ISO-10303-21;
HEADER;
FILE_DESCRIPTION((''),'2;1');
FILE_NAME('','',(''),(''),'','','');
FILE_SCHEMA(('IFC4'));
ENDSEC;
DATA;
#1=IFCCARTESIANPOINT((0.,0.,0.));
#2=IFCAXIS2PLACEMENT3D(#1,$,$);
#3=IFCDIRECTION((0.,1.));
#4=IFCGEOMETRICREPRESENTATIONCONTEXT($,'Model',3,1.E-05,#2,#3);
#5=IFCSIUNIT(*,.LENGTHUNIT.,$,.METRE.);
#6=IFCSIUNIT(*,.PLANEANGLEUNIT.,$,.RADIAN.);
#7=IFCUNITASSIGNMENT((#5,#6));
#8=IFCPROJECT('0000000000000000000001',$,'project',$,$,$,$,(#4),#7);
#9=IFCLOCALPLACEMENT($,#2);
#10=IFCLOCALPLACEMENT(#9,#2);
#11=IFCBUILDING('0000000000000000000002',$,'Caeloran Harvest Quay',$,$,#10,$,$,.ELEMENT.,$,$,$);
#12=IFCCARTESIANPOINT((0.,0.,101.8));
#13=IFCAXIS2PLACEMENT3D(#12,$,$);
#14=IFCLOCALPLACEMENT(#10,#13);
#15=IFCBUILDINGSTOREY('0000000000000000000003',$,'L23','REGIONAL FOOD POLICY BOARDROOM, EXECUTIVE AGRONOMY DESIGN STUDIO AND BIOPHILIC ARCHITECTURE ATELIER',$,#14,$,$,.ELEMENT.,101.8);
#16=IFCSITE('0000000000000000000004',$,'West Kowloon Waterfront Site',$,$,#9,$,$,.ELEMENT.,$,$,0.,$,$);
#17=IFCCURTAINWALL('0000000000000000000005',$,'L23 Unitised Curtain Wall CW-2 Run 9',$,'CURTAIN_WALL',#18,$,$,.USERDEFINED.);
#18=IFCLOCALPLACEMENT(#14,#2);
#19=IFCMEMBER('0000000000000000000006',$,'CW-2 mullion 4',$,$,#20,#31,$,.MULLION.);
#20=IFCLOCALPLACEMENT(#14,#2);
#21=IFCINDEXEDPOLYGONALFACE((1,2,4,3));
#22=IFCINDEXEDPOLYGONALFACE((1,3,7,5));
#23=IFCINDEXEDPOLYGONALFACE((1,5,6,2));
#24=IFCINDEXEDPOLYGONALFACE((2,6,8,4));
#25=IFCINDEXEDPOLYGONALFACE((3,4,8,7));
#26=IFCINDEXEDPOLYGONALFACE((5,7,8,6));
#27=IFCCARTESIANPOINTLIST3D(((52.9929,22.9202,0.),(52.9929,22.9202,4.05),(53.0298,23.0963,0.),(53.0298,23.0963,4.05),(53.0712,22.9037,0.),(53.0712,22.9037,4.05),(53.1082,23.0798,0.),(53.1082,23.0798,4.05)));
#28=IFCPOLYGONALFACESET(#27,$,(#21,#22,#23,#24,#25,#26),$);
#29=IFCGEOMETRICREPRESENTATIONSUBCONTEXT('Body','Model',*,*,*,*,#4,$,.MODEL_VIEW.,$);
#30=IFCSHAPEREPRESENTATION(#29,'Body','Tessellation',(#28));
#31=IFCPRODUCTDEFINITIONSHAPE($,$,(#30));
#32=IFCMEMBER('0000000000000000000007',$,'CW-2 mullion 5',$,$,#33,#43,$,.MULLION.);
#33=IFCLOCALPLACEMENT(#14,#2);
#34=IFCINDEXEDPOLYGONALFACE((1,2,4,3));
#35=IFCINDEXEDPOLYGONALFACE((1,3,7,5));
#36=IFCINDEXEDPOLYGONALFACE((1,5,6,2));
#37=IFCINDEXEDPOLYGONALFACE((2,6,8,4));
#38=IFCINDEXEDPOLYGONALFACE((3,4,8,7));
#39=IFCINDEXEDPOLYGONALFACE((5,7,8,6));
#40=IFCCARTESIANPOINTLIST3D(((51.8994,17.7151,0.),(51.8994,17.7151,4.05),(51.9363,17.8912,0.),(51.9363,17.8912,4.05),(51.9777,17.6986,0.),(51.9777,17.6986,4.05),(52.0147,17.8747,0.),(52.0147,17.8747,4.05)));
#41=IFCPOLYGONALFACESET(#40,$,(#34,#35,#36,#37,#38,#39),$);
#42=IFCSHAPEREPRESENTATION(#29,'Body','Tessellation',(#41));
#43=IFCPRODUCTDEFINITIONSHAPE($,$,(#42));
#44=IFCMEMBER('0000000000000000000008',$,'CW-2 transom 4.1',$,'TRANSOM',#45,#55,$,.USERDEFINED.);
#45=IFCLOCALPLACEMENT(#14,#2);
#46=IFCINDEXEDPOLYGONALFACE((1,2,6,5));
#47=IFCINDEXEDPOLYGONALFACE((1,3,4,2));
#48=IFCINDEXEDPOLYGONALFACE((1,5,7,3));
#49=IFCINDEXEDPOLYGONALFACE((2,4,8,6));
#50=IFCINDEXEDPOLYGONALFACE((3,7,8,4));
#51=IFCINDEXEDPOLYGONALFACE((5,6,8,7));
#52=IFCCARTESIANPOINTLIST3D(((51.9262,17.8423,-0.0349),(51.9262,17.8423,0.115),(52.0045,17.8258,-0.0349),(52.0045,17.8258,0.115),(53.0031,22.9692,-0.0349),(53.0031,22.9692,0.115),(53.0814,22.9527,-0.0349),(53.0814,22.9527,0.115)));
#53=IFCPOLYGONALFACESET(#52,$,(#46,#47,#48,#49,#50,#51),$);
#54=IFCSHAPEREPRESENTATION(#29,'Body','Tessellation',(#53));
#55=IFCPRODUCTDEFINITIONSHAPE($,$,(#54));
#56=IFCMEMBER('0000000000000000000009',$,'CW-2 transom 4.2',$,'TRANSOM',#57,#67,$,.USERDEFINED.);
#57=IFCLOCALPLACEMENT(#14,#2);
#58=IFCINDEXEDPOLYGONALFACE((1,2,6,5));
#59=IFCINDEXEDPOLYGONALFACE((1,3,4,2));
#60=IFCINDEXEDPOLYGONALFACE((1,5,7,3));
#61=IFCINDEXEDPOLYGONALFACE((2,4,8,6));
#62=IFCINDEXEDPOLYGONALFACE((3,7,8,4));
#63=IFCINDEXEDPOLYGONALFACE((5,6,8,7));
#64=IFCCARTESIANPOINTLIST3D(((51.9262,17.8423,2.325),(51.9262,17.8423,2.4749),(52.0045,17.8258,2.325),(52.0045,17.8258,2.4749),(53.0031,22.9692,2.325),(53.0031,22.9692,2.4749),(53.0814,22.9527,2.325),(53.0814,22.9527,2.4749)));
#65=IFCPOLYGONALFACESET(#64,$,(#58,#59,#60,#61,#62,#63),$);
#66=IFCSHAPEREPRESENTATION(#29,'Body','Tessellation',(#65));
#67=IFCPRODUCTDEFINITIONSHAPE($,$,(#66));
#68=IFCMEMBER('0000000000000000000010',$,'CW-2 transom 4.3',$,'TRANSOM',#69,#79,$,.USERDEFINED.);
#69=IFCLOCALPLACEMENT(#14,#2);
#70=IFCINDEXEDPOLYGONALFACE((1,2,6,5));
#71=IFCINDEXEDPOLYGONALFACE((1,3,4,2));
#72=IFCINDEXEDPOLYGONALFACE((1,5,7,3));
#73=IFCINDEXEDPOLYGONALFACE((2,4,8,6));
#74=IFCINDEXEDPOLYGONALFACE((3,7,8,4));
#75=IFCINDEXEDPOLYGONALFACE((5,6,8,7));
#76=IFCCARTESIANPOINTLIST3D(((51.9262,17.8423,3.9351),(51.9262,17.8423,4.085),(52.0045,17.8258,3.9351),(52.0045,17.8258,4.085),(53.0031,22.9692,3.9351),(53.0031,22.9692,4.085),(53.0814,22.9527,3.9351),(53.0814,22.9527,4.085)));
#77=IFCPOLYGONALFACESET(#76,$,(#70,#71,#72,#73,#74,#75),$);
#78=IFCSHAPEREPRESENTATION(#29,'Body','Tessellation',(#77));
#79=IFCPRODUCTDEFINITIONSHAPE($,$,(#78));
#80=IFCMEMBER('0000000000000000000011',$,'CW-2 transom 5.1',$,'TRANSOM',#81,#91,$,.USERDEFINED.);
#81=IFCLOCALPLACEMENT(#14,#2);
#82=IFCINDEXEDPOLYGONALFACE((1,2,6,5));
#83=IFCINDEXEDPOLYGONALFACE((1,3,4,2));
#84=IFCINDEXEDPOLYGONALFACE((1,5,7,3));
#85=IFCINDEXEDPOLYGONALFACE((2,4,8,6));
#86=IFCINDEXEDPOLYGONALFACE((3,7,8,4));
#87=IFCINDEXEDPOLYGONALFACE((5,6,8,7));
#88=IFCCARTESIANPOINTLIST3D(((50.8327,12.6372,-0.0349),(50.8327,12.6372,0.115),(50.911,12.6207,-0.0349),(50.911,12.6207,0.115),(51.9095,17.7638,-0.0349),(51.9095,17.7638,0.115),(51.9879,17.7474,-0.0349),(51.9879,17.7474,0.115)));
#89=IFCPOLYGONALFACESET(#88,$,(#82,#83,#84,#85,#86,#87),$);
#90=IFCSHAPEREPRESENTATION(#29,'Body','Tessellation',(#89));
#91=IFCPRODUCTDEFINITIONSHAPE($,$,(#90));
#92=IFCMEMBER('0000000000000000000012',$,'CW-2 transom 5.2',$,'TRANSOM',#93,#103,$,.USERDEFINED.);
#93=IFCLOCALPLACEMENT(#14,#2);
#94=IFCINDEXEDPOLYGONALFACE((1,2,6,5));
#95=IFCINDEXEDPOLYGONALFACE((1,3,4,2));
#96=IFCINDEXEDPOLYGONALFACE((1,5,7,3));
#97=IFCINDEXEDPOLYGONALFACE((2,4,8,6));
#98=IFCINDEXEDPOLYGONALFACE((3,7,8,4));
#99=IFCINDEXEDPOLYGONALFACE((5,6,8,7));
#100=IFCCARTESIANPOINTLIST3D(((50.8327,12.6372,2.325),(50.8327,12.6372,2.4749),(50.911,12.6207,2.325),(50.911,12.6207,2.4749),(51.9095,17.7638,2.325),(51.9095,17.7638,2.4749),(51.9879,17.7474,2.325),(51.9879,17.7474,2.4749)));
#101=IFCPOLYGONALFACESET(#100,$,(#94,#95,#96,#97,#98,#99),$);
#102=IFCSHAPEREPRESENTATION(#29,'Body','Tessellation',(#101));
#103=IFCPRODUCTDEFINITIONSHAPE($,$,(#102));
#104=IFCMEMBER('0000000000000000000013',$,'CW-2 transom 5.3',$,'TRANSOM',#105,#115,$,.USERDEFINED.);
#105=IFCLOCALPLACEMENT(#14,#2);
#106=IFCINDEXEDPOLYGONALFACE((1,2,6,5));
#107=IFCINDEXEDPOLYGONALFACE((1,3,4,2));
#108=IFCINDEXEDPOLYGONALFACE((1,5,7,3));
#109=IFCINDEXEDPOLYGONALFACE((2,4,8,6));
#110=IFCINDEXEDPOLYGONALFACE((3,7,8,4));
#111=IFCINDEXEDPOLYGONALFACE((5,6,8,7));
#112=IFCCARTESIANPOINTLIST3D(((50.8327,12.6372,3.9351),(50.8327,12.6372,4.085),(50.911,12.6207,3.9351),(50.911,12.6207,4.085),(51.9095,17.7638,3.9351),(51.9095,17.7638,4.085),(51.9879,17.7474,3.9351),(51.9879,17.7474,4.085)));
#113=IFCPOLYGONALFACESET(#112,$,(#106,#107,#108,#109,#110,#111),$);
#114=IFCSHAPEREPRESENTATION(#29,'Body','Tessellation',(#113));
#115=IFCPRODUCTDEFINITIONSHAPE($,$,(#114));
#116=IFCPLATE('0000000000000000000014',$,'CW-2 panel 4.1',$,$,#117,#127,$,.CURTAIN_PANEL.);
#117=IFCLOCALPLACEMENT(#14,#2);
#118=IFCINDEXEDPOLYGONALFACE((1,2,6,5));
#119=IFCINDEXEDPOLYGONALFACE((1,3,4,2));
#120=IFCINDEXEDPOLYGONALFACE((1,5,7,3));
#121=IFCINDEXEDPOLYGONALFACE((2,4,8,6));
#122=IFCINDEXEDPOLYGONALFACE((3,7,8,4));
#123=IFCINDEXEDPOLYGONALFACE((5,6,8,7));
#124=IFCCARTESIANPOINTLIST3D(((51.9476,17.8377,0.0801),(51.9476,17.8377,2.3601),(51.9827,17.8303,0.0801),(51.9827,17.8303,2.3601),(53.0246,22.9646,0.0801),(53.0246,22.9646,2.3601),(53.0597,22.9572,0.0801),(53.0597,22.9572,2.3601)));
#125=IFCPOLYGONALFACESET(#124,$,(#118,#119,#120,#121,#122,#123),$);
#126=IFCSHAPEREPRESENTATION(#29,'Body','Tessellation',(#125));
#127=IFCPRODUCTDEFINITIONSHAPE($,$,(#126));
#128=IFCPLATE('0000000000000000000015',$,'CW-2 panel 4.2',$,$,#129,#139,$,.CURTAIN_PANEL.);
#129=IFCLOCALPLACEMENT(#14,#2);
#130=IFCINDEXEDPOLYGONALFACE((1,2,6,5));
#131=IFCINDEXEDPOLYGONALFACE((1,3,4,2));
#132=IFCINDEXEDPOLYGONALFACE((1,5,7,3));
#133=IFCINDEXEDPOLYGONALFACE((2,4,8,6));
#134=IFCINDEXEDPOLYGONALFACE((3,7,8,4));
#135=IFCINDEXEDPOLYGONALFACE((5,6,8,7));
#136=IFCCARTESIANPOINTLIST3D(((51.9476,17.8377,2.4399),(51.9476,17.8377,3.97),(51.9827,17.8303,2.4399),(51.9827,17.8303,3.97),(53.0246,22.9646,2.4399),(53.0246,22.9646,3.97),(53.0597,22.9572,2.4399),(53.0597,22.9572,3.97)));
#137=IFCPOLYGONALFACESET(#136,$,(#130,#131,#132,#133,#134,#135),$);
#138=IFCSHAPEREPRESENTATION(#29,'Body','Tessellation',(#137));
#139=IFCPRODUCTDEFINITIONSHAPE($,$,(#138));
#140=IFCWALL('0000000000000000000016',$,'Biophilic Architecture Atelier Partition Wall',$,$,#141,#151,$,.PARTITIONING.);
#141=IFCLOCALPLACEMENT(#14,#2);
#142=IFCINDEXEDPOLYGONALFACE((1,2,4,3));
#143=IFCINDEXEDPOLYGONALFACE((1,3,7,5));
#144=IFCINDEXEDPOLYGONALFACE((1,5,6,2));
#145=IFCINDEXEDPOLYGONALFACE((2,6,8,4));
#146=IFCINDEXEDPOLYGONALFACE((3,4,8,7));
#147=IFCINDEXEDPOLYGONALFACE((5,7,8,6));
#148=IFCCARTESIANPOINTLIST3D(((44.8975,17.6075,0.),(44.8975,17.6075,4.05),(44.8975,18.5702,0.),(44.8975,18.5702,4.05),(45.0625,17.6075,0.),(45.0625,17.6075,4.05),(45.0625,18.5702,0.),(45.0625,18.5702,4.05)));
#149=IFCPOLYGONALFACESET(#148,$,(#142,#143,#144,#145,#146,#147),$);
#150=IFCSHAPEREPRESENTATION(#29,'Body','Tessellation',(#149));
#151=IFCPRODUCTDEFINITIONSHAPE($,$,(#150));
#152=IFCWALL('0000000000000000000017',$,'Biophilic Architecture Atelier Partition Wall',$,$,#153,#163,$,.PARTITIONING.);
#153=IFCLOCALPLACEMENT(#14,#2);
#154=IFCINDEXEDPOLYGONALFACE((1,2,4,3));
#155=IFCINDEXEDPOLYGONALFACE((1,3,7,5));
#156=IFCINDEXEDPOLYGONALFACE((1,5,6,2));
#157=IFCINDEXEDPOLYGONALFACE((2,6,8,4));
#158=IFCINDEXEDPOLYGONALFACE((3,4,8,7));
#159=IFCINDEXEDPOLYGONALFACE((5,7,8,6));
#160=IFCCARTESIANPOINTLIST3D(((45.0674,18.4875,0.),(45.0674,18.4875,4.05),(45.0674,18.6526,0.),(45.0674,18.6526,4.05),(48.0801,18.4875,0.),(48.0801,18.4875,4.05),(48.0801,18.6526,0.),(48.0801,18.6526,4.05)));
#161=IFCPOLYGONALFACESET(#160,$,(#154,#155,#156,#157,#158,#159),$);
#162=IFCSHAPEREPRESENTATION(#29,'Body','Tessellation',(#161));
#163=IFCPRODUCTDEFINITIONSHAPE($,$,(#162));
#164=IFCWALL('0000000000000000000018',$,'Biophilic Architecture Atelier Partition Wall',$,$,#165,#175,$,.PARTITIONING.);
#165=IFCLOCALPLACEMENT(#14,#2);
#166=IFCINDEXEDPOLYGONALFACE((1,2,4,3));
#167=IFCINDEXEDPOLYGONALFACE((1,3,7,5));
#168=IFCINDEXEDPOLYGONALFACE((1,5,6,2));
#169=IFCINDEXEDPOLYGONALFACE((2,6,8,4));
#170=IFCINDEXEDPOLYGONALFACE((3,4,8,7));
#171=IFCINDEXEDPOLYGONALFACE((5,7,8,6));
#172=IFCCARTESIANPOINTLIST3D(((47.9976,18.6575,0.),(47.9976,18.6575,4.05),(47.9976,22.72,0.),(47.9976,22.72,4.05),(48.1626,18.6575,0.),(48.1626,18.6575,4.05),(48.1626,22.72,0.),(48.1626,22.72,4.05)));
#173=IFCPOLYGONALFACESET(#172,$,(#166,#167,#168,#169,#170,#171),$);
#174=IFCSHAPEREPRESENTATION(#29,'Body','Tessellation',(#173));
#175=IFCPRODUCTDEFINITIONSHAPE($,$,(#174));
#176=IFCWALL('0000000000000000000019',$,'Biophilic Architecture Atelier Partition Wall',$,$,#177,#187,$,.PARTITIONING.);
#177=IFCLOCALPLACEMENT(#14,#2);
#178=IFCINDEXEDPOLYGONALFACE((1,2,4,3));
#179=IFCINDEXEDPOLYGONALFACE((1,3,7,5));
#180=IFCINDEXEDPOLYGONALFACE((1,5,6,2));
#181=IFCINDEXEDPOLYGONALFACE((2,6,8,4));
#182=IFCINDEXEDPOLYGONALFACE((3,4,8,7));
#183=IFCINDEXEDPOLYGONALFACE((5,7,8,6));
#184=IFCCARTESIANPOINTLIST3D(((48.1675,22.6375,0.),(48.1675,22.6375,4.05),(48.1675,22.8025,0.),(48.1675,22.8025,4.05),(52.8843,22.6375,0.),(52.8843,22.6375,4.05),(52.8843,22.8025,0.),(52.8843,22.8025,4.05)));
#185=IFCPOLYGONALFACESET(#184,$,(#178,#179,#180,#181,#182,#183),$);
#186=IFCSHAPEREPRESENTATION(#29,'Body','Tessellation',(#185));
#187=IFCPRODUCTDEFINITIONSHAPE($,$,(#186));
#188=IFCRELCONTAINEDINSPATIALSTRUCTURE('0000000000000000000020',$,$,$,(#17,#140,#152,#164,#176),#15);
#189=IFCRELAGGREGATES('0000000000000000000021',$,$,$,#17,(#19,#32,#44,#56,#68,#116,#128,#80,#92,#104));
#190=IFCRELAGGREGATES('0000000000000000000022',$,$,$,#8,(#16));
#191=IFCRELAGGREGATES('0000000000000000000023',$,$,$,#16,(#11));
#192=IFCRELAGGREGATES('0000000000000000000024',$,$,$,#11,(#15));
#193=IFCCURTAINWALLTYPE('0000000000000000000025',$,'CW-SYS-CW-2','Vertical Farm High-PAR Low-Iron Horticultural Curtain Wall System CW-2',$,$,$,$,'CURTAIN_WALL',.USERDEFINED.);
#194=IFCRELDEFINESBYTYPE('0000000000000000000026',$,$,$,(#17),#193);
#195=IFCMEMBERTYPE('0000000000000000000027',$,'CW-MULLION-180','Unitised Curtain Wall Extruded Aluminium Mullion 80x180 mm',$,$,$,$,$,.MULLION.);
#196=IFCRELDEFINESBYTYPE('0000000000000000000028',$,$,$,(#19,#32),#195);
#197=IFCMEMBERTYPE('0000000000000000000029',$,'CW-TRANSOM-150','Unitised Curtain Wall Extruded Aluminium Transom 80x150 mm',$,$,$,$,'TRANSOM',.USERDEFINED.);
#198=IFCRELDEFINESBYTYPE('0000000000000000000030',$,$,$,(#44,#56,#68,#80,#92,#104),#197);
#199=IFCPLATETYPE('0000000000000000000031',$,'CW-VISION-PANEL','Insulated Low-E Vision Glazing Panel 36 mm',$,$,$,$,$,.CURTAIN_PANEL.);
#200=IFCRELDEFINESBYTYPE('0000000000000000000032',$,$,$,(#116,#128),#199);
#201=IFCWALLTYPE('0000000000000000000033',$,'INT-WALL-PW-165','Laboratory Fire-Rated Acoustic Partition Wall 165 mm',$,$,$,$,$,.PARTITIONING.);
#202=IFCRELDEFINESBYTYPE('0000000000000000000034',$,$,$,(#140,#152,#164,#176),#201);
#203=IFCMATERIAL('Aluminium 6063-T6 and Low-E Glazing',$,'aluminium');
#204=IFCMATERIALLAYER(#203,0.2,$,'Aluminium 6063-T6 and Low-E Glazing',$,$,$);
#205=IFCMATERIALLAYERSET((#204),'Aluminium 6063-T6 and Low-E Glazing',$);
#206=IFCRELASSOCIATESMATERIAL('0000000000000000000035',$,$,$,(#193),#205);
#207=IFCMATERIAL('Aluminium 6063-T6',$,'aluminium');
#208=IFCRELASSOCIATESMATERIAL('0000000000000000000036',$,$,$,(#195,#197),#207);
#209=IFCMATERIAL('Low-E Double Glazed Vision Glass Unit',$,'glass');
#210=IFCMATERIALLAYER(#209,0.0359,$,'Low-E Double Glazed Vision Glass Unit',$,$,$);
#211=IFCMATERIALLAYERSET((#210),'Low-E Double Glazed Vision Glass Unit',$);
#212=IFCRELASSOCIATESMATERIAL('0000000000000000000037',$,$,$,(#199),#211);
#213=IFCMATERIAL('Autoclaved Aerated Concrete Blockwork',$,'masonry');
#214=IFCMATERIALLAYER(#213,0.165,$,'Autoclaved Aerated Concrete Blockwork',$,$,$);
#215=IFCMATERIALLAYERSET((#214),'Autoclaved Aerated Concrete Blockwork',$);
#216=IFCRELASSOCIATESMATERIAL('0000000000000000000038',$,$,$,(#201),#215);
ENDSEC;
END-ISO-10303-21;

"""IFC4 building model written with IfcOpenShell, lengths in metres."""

from ifc_helpers import new_model, si_unit, direction, frame, frame_2d, origin, origin_2d, place, context, subcontext, project, spatial, rectangle, extrude, material, layer, layer_set, material_profile, profile_set, type_object, element, aggregate, save


model = new_model("IFC4")

# Units and contexts
model_context = context("Model", 3, precision=1e-05, world=origin(), true_north=direction((0.0, 1.0)))
body_context = subcontext(model_context, "Body", "Model", "MODEL_VIEW")
ifc_project = project(units=[si_unit("LENGTHUNIT", "METRE"), si_unit("PLANEANGLEUNIT", "RADIAN")], contexts=[model_context])

# Site, building, storey
site_placement = place(None, origin())
site = spatial("IfcSite", under=ifc_project, at=site_placement, Name="West Kowloon Waterfront Site", CompositionType="ELEMENT", RefElevation=0.0)
building_placement = place(site_placement, origin())
building = spatial("IfcBuilding", under=site, at=building_placement, Name="Caeloran Harvest Quay", CompositionType="ELEMENT")
storey_placement = place(building_placement, frame((0.0, 0.0, 101.8)))
storey = spatial("IfcBuildingStorey", under=building, at=storey_placement, Name="L23", Description="REGIONAL FOOD POLICY BOARDROOM, EXECUTIVE AGRONOMY DESIGN STUDIO AND BIOPHILIC ARCHITECTURE ATELIER", CompositionType="ELEMENT", Elevation=101.8)

# Curtain wall, members, plates
ifc_material_1 = material(Name="Aluminium 6063-T6 and Low-E Glazing", Category="aluminium")
ifc_layer_1 = layer(ifc_material_1, 0.2, Name="Aluminium 6063-T6 and Low-E Glazing")
ifc_layer_set_1 = layer_set([ifc_layer_1], Name="Aluminium 6063-T6 and Low-E Glazing")
curtain_wall_type = type_object("IfcCurtainWallType", Name="CW-SYS-CW-2", Description="Vertical Farm High-PAR Low-Iron Horticultural Curtain Wall System CW-2", ElementType="CURTAIN_WALL", PredefinedType="USERDEFINED", material=ifc_layer_set_1)
curtain_wall_placement = place(storey_placement, origin())
curtain_wall = element("IfcCurtainWall", 1, at=curtain_wall_placement, inside=storey, type_object=curtain_wall_type, Name="L23 Unitised Curtain Wall CW-2 Run 9", ObjectType="CURTAIN_WALL", PredefinedType="USERDEFINED")
ifc_material_2 = material(Name="Aluminium 6063-T6", Category="aluminium")
ifc_material_profile_1 = material_profile(ifc_material_2, rectangle(XDim=0.0801, YDim=0.1799, at=origin_2d()), Name="CW-MULLION-180")
ifc_profile_set_1 = profile_set([ifc_material_profile_1], Name="Aluminium 6063-T6")
member_type_1 = type_object("IfcMemberType", Name="CW-MULLION-180", Description="Unitised Curtain Wall Extruded Aluminium Mullion 80x180 mm", PredefinedType="MULLION", material=ifc_profile_set_1)
member_1_placement = place(storey_placement, frame((53.0505, 23.0, 0.0), z_axis=(0.0, 0.0, 1.0), x_axis=(0.97864, -0.205583, 0.0)))
member_1 = element("IfcMember", 2, at=member_1_placement, type_object=member_type_1, Name="CW-2 mullion 4", PredefinedType="MULLION", context=body_context, shape_type="SweptSolid", body=[
    extrude(rectangle(XDim=0.0801, YDim=0.1799, at=origin_2d()), origin(), (0.0, 0.0, 1.0), 4.05),
])
member_2_placement = place(storey_placement, frame((51.957, 17.7949, 0.0), z_axis=(0.0, 0.0, 1.0), x_axis=(0.97864, -0.205583, 0.0)))
member_2 = element("IfcMember", 3, at=member_2_placement, type_object=member_type_1, Name="CW-2 mullion 5", PredefinedType="MULLION", context=body_context, shape_type="SweptSolid", body=[
    extrude(rectangle(XDim=0.0801, YDim=0.1799, at=origin_2d()), origin(), (0.0, 0.0, 1.0), 4.05),
])
ifc_material_profile_2 = material_profile(ifc_material_2, rectangle(XDim=0.0801, YDim=0.1499, at=origin_2d()), Name="CW-TRANSOM-150")
ifc_profile_set_2 = profile_set([ifc_material_profile_2], Name="Aluminium 6063-T6")
member_type_2 = type_object("IfcMemberType", Name="CW-TRANSOM-150", Description="Unitised Curtain Wall Extruded Aluminium Transom 80x150 mm", ElementType="TRANSOM", PredefinedType="USERDEFINED", material=ifc_profile_set_2)
member_3_placement = place(storey_placement, frame((53.0422, 22.9609, 0.04), z_axis=(-0.205562, -0.978644, 0.0), x_axis=(0.978644, -0.205562, 0.0)))
member_3 = element("IfcMember", 4, at=member_3_placement, type_object=member_type_2, Name="CW-2 transom 4.1", ObjectType="TRANSOM", PredefinedType="USERDEFINED", context=body_context, shape_type="SweptSolid", body=[
    extrude(rectangle(XDim=0.0801, YDim=0.1499, at=origin_2d()), origin(), (0.0, 0.0, 1.0), 5.2388),
])
member_4_placement = place(storey_placement, frame((53.0422, 22.9609, 2.3999), z_axis=(-0.205562, -0.978644, 0.0), x_axis=(0.978644, -0.205562, 0.0)))
member_4 = element("IfcMember", 5, at=member_4_placement, type_object=member_type_2, Name="CW-2 transom 4.2", ObjectType="TRANSOM", PredefinedType="USERDEFINED", context=body_context, shape_type="SweptSolid", body=[
    extrude(rectangle(XDim=0.0801, YDim=0.1499, at=origin_2d()), origin(), (0.0, 0.0, 1.0), 5.2388),
])
member_5_placement = place(storey_placement, frame((53.0422, 22.9609, 4.01), z_axis=(-0.205562, -0.978644, 0.0), x_axis=(0.978644, -0.205562, 0.0)))
member_5 = element("IfcMember", 6, at=member_5_placement, type_object=member_type_2, Name="CW-2 transom 4.3", ObjectType="TRANSOM", PredefinedType="USERDEFINED", context=body_context, shape_type="SweptSolid", body=[
    extrude(rectangle(XDim=0.0801, YDim=0.1499, at=origin_2d()), origin(), (0.0, 0.0, 1.0), 5.2388),
])
member_6_placement = place(storey_placement, frame((51.9487, 17.7556, 0.04), z_axis=(-0.205571, -0.978642, 0.0), x_axis=(0.978642, -0.205571, 0.0)))
member_6 = element("IfcMember", 7, at=member_6_placement, type_object=member_type_2, Name="CW-2 transom 5.1", ObjectType="TRANSOM", PredefinedType="USERDEFINED", context=body_context, shape_type="SweptSolid", body=[
    extrude(rectangle(XDim=0.0801, YDim=0.1499, at=origin_2d()), origin(), (0.0, 0.0, 1.0), 5.2385),
])
member_7_placement = place(storey_placement, frame((51.9487, 17.7556, 2.3999), z_axis=(-0.205571, -0.978642, 0.0), x_axis=(0.978642, -0.205571, 0.0)))
member_7 = element("IfcMember", 8, at=member_7_placement, type_object=member_type_2, Name="CW-2 transom 5.2", ObjectType="TRANSOM", PredefinedType="USERDEFINED", context=body_context, shape_type="SweptSolid", body=[
    extrude(rectangle(XDim=0.0801, YDim=0.1499, at=origin_2d()), origin(), (0.0, 0.0, 1.0), 5.2385),
])
member_8_placement = place(storey_placement, frame((51.9487, 17.7556, 4.01), z_axis=(-0.205571, -0.978642, 0.0), x_axis=(0.978642, -0.205571, 0.0)))
member_8 = element("IfcMember", 9, at=member_8_placement, type_object=member_type_2, Name="CW-2 transom 5.3", ObjectType="TRANSOM", PredefinedType="USERDEFINED", context=body_context, shape_type="SweptSolid", body=[
    extrude(rectangle(XDim=0.0801, YDim=0.1499, at=origin_2d()), origin(), (0.0, 0.0, 1.0), 5.2385),
])
ifc_material_3 = material(Name="Low-E Double Glazed Vision Glass Unit", Category="glass")
ifc_layer_2 = layer(ifc_material_3, 0.0359, Name="Low-E Double Glazed Vision Glass Unit")
ifc_layer_set_2 = layer_set([ifc_layer_2], Name="Low-E Double Glazed Vision Glass Unit")
plate_type = type_object("IfcPlateType", Name="CW-VISION-PANEL", Description="Insulated Low-E Vision Glazing Panel 36 mm", PredefinedType="CURTAIN_PANEL", material=ifc_layer_set_2)
plate_1_placement = place(storey_placement, frame((52.5037, 20.3975, 0.0801), z_axis=(0.0, 0.0, 1.0), x_axis=(-0.205583, -0.97864, 0.0)))
plate_1 = element("IfcPlate", 10, at=plate_1_placement, type_object=plate_type, Name="CW-2 panel 4.1", PredefinedType="CURTAIN_PANEL", context=body_context, shape_type="SweptSolid", body=[
    extrude(rectangle(XDim=5.2388, YDim=0.0359, at=origin_2d()), origin(), (0.0, 0.0, 1.0), 2.28),
])
plate_2_placement = place(storey_placement, frame((52.5037, 20.3975, 2.4399), z_axis=(0.0, 0.0, 1.0), x_axis=(-0.205583, -0.97864, 0.0)))
plate_2 = element("IfcPlate", 11, at=plate_2_placement, type_object=plate_type, Name="CW-2 panel 4.2", PredefinedType="CURTAIN_PANEL", context=body_context, shape_type="SweptSolid", body=[
    extrude(rectangle(XDim=5.2388, YDim=0.0359, at=origin_2d()), origin(), (0.0, 0.0, 1.0), 1.53),
])
aggregate(curtain_wall, [member_1, member_2, member_3, member_4, member_5, plate_1, plate_2, member_6, member_7, member_8])

# Walls
ifc_material_4 = material(Name="Autoclaved Aerated Concrete Blockwork", Category="masonry")
ifc_layer_3 = layer(ifc_material_4, 0.165, Name="Autoclaved Aerated Concrete Blockwork")
ifc_layer_set_3 = layer_set([ifc_layer_3], Name="Autoclaved Aerated Concrete Blockwork")
wall_type = type_object("IfcWallType", Name="INT-WALL-PW-165", Description="Laboratory Fire-Rated Acoustic Partition Wall 165 mm", PredefinedType="PARTITIONING", material=ifc_layer_set_3)
wall_1_placement = place(storey_placement, frame((44.98, 17.6074, 0.0), z_axis=(0.0, 0.0, 1.0), x_axis=(0.0, 1.0, 0.0)))
element("IfcWall", 12, at=wall_1_placement, inside=storey, type_object=wall_type, Name="Biophilic Architecture Atelier Partition Wall", PredefinedType="PARTITIONING", context=body_context, shape_type="SweptSolid", body=[
    extrude(rectangle(XDim=0.9626, YDim=0.165, at=frame_2d((0.4814, 0.0))), origin(), (0.0, 0.0, 1.0), 4.05),
])
wall_2_placement = place(storey_placement, frame((45.0674, 18.5701, 0.0), z_axis=(0.0, 0.0, 1.0), x_axis=(1.0, 0.0, 0.0)))
element("IfcWall", 13, at=wall_2_placement, inside=storey, type_object=wall_type, Name="Biophilic Architecture Atelier Partition Wall", PredefinedType="PARTITIONING", context=body_context, shape_type="SweptSolid", body=[
    extrude(rectangle(XDim=3.0127, YDim=0.165, at=frame_2d((1.5063, 0.0))), origin(), (0.0, 0.0, 1.0), 4.05),
])
wall_3_placement = place(storey_placement, frame((48.0801, 18.6575, 0.0), z_axis=(0.0, 0.0, 1.0), x_axis=(0.0, 1.0, 0.0)))
element("IfcWall", 14, at=wall_3_placement, inside=storey, type_object=wall_type, Name="Biophilic Architecture Atelier Partition Wall", PredefinedType="PARTITIONING", context=body_context, shape_type="SweptSolid", body=[
    extrude(rectangle(XDim=4.0625, YDim=0.165, at=frame_2d((2.0312, 0.0))), origin(), (0.0, 0.0, 1.0), 4.05),
])
wall_4_placement = place(storey_placement, frame((48.1675, 22.72, 0.0), z_axis=(0.0, 0.0, 1.0), x_axis=(1.0, 0.0, 0.0)))
element("IfcWall", 15, at=wall_4_placement, inside=storey, type_object=wall_type, Name="Biophilic Architecture Atelier Partition Wall", PredefinedType="PARTITIONING", context=body_context, shape_type="SweptSolid", body=[
    extrude(rectangle(XDim=4.7168, YDim=0.165, at=frame_2d((2.3584, 0.0))), origin(), (0.0, 0.0, 1.0), 4.05),
])

save(model, "model.ifc")
